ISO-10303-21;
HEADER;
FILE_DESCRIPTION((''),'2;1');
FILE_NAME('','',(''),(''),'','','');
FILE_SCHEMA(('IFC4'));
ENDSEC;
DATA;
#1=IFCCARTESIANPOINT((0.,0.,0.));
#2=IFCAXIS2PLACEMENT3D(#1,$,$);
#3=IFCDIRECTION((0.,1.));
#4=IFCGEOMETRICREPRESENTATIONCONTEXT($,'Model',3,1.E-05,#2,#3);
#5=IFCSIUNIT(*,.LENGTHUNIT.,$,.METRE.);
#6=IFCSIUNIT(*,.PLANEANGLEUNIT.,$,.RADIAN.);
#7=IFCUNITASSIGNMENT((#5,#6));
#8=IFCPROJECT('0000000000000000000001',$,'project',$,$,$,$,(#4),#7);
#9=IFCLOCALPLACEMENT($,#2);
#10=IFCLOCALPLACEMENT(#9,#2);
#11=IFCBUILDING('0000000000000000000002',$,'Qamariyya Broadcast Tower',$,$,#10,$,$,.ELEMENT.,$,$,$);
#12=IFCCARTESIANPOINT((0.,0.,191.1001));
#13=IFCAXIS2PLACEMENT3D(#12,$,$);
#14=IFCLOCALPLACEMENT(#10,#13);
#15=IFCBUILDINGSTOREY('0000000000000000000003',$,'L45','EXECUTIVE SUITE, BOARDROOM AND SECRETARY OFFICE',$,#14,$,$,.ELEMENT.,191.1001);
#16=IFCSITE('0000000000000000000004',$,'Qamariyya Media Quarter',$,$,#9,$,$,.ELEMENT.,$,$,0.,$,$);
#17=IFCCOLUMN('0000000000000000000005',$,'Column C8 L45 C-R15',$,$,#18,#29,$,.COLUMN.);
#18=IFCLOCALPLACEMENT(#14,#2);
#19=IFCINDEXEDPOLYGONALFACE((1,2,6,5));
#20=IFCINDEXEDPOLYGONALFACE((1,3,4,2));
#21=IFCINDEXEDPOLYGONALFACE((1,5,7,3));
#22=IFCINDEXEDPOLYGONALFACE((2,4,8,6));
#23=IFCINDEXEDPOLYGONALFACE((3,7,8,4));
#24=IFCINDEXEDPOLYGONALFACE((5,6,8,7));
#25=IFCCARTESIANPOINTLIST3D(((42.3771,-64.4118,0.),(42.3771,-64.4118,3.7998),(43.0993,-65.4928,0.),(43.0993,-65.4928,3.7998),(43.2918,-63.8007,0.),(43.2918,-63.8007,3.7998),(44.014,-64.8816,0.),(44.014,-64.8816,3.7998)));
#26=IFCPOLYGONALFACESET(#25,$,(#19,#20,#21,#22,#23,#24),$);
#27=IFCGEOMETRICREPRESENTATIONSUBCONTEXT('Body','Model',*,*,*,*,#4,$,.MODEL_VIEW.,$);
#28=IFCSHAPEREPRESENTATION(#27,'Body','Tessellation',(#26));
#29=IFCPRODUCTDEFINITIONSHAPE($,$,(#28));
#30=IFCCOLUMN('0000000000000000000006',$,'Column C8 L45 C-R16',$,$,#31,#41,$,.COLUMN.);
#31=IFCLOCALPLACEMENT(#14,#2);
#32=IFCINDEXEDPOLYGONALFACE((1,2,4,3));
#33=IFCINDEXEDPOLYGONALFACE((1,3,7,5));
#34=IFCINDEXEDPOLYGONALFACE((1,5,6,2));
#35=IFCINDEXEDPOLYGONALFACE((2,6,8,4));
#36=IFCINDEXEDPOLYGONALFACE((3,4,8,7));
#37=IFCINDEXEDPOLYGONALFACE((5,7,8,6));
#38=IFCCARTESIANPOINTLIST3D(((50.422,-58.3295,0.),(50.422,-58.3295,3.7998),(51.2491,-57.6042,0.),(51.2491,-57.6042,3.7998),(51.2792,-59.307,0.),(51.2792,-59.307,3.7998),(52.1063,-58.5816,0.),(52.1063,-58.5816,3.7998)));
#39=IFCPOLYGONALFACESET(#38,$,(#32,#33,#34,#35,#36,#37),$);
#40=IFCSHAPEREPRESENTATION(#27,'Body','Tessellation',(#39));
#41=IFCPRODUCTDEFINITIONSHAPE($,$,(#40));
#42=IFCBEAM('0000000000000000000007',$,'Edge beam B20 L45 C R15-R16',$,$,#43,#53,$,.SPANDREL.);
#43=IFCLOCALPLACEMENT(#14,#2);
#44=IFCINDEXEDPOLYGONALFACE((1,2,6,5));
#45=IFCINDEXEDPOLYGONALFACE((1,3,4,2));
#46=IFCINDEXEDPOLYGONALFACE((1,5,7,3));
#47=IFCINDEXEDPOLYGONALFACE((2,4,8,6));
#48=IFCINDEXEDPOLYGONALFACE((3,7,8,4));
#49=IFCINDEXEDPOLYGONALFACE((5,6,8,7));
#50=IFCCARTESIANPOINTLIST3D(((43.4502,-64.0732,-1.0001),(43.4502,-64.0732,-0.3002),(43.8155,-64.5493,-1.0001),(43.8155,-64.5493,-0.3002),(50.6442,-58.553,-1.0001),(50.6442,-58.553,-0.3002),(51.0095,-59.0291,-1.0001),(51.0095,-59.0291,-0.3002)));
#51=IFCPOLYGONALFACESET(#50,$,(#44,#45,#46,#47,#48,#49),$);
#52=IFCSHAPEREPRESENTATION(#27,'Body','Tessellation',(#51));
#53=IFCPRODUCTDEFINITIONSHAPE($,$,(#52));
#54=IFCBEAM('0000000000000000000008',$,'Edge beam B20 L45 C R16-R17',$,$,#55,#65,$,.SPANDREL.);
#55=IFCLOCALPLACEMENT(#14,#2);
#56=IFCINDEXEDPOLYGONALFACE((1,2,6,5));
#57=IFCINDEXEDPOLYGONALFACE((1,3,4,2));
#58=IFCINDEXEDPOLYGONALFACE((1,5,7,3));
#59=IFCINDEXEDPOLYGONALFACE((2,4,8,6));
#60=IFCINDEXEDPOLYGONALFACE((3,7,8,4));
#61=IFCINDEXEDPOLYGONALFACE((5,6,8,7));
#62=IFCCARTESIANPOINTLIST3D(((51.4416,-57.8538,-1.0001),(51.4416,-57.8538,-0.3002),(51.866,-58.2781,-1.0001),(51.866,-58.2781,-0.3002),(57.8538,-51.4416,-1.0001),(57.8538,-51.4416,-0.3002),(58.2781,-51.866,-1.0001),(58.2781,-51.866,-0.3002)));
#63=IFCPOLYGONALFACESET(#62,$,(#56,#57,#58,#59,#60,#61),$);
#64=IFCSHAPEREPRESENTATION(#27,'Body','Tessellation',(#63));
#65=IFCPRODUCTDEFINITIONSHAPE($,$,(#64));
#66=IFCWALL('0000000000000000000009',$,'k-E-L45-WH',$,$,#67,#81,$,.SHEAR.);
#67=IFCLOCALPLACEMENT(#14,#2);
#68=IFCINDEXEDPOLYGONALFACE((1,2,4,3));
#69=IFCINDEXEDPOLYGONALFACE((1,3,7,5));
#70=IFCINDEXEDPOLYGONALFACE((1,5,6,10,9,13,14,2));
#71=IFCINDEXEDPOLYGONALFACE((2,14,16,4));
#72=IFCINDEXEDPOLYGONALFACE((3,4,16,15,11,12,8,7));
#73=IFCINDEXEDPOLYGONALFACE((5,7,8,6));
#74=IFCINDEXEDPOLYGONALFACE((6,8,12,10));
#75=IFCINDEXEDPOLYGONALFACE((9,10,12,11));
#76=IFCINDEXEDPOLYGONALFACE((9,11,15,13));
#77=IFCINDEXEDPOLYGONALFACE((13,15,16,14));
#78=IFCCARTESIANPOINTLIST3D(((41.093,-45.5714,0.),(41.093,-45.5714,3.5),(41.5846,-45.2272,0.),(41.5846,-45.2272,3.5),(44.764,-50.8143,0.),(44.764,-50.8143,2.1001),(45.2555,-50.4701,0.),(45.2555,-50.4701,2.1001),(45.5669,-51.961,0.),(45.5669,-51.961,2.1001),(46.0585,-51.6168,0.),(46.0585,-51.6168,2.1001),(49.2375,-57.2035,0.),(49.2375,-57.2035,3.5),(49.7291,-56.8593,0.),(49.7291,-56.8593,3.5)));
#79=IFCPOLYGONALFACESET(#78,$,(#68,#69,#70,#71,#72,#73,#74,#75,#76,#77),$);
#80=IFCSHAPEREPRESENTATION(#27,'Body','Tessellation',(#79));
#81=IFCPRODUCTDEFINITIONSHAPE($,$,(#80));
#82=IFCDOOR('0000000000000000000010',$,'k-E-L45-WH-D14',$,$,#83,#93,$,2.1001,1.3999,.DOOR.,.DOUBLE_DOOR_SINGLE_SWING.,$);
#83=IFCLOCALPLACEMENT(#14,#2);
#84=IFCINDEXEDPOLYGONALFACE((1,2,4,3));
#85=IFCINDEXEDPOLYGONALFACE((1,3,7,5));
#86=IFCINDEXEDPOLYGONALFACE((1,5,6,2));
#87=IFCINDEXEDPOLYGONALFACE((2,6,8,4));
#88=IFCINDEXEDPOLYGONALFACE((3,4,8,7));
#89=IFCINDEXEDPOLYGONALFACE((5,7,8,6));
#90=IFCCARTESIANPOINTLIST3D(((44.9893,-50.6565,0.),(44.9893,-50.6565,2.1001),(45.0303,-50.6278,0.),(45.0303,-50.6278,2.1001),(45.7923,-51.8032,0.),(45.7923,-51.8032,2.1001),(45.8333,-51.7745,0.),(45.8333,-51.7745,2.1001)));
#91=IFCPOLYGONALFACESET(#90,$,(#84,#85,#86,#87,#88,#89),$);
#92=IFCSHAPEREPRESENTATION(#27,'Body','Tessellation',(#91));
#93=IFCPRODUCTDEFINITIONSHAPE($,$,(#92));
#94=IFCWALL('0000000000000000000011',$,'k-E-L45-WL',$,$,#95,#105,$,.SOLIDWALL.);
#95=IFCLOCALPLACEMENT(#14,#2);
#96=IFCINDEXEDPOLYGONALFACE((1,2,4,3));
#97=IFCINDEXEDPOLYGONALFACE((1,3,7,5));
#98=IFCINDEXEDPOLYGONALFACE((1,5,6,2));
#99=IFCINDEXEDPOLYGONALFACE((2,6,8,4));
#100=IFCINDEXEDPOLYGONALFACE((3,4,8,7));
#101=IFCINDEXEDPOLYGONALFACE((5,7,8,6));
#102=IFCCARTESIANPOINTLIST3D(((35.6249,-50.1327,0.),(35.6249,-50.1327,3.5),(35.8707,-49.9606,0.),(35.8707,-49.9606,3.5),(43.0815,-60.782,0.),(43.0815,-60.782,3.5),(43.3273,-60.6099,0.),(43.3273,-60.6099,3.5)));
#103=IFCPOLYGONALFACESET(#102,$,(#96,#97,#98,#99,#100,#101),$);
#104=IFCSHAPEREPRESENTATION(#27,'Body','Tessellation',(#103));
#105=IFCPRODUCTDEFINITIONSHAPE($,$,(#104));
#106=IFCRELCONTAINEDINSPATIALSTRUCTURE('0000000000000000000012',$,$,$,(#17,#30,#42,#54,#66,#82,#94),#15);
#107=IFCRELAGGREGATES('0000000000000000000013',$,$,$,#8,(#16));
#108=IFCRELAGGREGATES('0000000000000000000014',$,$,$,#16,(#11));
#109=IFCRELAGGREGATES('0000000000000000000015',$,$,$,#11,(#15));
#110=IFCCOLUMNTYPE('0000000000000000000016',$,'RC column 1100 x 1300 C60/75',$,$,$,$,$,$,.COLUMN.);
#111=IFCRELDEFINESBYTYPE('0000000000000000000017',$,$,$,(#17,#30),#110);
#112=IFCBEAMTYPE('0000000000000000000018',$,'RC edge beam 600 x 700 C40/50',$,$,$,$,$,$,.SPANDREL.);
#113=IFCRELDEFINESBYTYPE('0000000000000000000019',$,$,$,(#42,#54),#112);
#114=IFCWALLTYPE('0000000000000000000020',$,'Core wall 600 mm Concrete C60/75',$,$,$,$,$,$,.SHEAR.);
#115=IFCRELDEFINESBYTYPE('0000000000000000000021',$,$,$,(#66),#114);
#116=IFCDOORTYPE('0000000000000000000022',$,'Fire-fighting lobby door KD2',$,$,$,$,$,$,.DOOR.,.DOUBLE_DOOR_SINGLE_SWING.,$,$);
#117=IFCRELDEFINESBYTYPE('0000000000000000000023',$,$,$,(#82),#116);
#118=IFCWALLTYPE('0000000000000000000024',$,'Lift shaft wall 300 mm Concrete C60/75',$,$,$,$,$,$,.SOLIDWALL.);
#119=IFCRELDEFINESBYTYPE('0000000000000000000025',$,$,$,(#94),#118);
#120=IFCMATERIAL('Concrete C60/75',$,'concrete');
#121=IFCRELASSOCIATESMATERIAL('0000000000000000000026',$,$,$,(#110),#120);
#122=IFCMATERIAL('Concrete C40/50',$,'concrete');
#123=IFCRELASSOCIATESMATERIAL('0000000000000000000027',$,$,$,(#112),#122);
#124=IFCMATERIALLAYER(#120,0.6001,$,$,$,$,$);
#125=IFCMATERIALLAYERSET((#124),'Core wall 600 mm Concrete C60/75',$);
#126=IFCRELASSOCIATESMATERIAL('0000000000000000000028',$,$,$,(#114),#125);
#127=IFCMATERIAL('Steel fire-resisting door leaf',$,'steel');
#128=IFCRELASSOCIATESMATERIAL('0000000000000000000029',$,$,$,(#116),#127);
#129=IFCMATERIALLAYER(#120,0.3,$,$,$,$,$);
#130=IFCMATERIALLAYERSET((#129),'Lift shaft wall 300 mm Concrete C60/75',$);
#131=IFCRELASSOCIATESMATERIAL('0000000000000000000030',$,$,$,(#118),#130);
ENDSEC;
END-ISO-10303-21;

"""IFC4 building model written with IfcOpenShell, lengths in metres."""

from ifc_helpers import new_model, si_unit, direction, frame, frame_2d, origin, origin_2d, place, context, subcontext, project, spatial, rectangle, extrude, material, layer, layer_set, material_profile, profile_set, type_object, element, fill, save


model = new_model("IFC4")

# Units and contexts
model_context = context("Model", 3, precision=1e-05, world=origin(), true_north=direction((0.0, 1.0)))
body_context = subcontext(model_context, "Body", "Model", "MODEL_VIEW")
ifc_project = project(units=[si_unit("LENGTHUNIT", "METRE"), si_unit("PLANEANGLEUNIT", "RADIAN")], contexts=[model_context])

# Site, building, storey
site_placement = place(None, origin())
site = spatial("IfcSite", under=ifc_project, at=site_placement, Name="Qamariyya Media Quarter", CompositionType="ELEMENT", RefElevation=0.0)
building_placement = place(site_placement, origin())
building = spatial("IfcBuilding", under=site, at=building_placement, Name="Qamariyya Broadcast Tower", CompositionType="ELEMENT")
storey_placement = place(building_placement, frame((0.0, 0.0, 191.1001)))
storey = spatial("IfcBuildingStorey", under=building, at=storey_placement, Name="L45", Description="EXECUTIVE SUITE, BOARDROOM AND SECRETARY OFFICE", CompositionType="ELEMENT", Elevation=191.1001)

# Columns
ifc_material_1 = material(Name="Concrete C60/75", Category="concrete")
ifc_material_profile_1 = material_profile(ifc_material_1, rectangle(XDim=1.1001, YDim=1.3, at=origin_2d()))
ifc_profile_set_1 = profile_set([ifc_material_profile_1], Name="Concrete C60/75")
column_type = type_object("IfcColumnType", Name="RC column 1100 x 1300 C60/75", PredefinedType="COLUMN", material=ifc_profile_set_1)
for number, where, z_axis, x_axis, name in (
    (1, (43.1956, -64.6467, 0.0), (0.0, 0.0, 1.0), (0.83147, 0.55557, 0.0), "Column C8 L45 C-R15"),
    (2, (51.2642, -58.4556, 0.0), (0.0, 0.0, 1.0), (0.75184, 0.659346, 0.0), "Column C8 L45 C-R16"),
):
    element("IfcColumn", number, at=place(storey_placement, frame(where, z_axis=z_axis, x_axis=x_axis)), inside=storey, type_object=column_type, Name=name, PredefinedType="COLUMN", context=body_context, shape_type="SweptSolid", body=[
        extrude(rectangle(XDim=1.1001, YDim=1.3, at=origin_2d()), origin(), (0.0, 0.0, 1.0), 3.7998),
    ])

# Beams
ifc_material_2 = material(Name="Concrete C40/50", Category="concrete")
ifc_material_profile_2 = material_profile(ifc_material_2, rectangle(XDim=0.6001, YDim=0.7, at=origin_2d()))
ifc_profile_set_2 = profile_set([ifc_material_profile_2], Name="Concrete C40/50")
beam_type = type_object("IfcBeamType", Name="RC edge beam 600 x 700 C40/50", PredefinedType="SPANDREL", material=ifc_profile_set_2)
beam_1_placement = place(storey_placement, frame((43.6328, -64.3113, -0.6501), z_axis=(0.793351, 0.608764, 0.0), x_axis=(-0.608764, 0.793351, 0.0)))
element("IfcBeam", 3, at=beam_1_placement, inside=storey, type_object=beam_type, Name="Edge beam B20 L45 C R15-R16", PredefinedType="SPANDREL", context=body_context, shape_type="SweptSolid", body=[
    extrude(rectangle(XDim=0.6001, YDim=0.7, at=origin_2d()), origin(), (0.0, 0.0, 1.0), 9.0679),
])
beam_2_placement = place(storey_placement, frame((51.6538, -58.0659, -0.6501), z_axis=(0.707107, 0.707107, 0.0), x_axis=(-0.707107, 0.707107, 0.0)))
element("IfcBeam", 4, at=beam_2_placement, inside=storey, type_object=beam_type, Name="Edge beam B20 L45 C R16-R17", PredefinedType="SPANDREL", context=body_context, shape_type="SweptSolid", body=[
    extrude(rectangle(XDim=0.6001, YDim=0.7, at=origin_2d()), origin(), (0.0, 0.0, 1.0), 9.0681),
])

# Wall, opening, door
ifc_layer_1 = layer(ifc_material_1, 0.6001)
ifc_layer_set_1 = layer_set([ifc_layer_1], Name="Core wall 600 mm Concrete C60/75")
wall_type_1 = type_object("IfcWallType", Name="Core wall 600 mm Concrete C60/75", PredefinedType="SHEAR", material=ifc_layer_set_1)
wall_1_placement = place(storey_placement, frame((49.4834, -57.0315, 0.0), z_axis=(0.0, 0.0, 1.0), x_axis=(-0.57356, 0.819163, 0.0)))
wall_1 = element("IfcWall", 5, at=wall_1_placement, inside=storey, type_object=wall_type_1, Name="k-E-L45-WH", PredefinedType="SHEAR", context=body_context, shape_type="SweptSolid", body=[
    extrude(rectangle(XDim=14.2, YDim=0.6001, at=frame_2d((7.1001, 0.0))), origin(), (0.0, 0.0, 1.0), 3.5),
])
opening_placement = place(wall_1_placement, frame((6.3999, 0.0, 0.0)))
opening = element("IfcOpeningElement", 6, at=opening_placement, cuts=wall_1, PredefinedType="OPENING", context=body_context, shape_type="SweptSolid", body=[
    extrude(rectangle(XDim=1.3999, YDim=2.1001, at=frame_2d((0.7, 1.05))), frame((0.0, 0.3101, 0.0), z_axis=(0.0, -1.0, 0.0), x_axis=(1.0, 0.0, 0.0)), (0.0, 0.0, 1.0), 0.6201),
])
ifc_material_3 = material(Name="Steel fire-resisting door leaf", Category="steel")
door_type = type_object("IfcDoorType", Name="Fire-fighting lobby door KD2", OperationType="DOUBLE_DOOR_SINGLE_SWING", PredefinedType="DOOR", material=ifc_material_3)
door_placement = place(opening_placement, origin())
door = element("IfcDoor", 7, at=door_placement, inside=storey, type_object=door_type, Name="k-E-L45-WH-D14", OperationType="DOUBLE_DOOR_SINGLE_SWING", OverallHeight=2.1001, OverallWidth=1.3999, PredefinedType="DOOR", context=body_context, shape_type="SweptSolid", body=[
    extrude(rectangle(XDim=1.3999, YDim=2.1001, at=frame_2d((0.7, 1.05))), frame((0.0, 0.0249, 0.0), z_axis=(0.0, -1.0, 0.0), x_axis=(1.0, 0.0, 0.0)), (0.0, 0.0, 1.0), 0.05),
])
fill(opening, door)

# Wall
ifc_layer_2 = layer(ifc_material_1, 0.3)
ifc_layer_set_2 = layer_set([ifc_layer_2], Name="Lift shaft wall 300 mm Concrete C60/75")
wall_type_2 = type_object("IfcWallType", Name="Lift shaft wall 300 mm Concrete C60/75", PredefinedType="SOLIDWALL", material=ifc_layer_set_2)
wall_2_placement = place(storey_placement, frame((43.2043, -60.6958, 0.0), z_axis=(0.0, 0.0, 1.0), x_axis=(-0.573572, 0.819155, 0.0)))
element("IfcWall", 8, at=wall_2_placement, inside=storey, type_object=wall_type_2, Name="k-E-L45-WL", PredefinedType="SOLIDWALL", context=body_context, shape_type="SweptSolid", body=[
    extrude(rectangle(XDim=13.0002, YDim=0.3, at=frame_2d((6.5, 0.0))), origin(), (0.0, 0.0, 1.0), 3.5),
])

save(model, "model.ifc")
